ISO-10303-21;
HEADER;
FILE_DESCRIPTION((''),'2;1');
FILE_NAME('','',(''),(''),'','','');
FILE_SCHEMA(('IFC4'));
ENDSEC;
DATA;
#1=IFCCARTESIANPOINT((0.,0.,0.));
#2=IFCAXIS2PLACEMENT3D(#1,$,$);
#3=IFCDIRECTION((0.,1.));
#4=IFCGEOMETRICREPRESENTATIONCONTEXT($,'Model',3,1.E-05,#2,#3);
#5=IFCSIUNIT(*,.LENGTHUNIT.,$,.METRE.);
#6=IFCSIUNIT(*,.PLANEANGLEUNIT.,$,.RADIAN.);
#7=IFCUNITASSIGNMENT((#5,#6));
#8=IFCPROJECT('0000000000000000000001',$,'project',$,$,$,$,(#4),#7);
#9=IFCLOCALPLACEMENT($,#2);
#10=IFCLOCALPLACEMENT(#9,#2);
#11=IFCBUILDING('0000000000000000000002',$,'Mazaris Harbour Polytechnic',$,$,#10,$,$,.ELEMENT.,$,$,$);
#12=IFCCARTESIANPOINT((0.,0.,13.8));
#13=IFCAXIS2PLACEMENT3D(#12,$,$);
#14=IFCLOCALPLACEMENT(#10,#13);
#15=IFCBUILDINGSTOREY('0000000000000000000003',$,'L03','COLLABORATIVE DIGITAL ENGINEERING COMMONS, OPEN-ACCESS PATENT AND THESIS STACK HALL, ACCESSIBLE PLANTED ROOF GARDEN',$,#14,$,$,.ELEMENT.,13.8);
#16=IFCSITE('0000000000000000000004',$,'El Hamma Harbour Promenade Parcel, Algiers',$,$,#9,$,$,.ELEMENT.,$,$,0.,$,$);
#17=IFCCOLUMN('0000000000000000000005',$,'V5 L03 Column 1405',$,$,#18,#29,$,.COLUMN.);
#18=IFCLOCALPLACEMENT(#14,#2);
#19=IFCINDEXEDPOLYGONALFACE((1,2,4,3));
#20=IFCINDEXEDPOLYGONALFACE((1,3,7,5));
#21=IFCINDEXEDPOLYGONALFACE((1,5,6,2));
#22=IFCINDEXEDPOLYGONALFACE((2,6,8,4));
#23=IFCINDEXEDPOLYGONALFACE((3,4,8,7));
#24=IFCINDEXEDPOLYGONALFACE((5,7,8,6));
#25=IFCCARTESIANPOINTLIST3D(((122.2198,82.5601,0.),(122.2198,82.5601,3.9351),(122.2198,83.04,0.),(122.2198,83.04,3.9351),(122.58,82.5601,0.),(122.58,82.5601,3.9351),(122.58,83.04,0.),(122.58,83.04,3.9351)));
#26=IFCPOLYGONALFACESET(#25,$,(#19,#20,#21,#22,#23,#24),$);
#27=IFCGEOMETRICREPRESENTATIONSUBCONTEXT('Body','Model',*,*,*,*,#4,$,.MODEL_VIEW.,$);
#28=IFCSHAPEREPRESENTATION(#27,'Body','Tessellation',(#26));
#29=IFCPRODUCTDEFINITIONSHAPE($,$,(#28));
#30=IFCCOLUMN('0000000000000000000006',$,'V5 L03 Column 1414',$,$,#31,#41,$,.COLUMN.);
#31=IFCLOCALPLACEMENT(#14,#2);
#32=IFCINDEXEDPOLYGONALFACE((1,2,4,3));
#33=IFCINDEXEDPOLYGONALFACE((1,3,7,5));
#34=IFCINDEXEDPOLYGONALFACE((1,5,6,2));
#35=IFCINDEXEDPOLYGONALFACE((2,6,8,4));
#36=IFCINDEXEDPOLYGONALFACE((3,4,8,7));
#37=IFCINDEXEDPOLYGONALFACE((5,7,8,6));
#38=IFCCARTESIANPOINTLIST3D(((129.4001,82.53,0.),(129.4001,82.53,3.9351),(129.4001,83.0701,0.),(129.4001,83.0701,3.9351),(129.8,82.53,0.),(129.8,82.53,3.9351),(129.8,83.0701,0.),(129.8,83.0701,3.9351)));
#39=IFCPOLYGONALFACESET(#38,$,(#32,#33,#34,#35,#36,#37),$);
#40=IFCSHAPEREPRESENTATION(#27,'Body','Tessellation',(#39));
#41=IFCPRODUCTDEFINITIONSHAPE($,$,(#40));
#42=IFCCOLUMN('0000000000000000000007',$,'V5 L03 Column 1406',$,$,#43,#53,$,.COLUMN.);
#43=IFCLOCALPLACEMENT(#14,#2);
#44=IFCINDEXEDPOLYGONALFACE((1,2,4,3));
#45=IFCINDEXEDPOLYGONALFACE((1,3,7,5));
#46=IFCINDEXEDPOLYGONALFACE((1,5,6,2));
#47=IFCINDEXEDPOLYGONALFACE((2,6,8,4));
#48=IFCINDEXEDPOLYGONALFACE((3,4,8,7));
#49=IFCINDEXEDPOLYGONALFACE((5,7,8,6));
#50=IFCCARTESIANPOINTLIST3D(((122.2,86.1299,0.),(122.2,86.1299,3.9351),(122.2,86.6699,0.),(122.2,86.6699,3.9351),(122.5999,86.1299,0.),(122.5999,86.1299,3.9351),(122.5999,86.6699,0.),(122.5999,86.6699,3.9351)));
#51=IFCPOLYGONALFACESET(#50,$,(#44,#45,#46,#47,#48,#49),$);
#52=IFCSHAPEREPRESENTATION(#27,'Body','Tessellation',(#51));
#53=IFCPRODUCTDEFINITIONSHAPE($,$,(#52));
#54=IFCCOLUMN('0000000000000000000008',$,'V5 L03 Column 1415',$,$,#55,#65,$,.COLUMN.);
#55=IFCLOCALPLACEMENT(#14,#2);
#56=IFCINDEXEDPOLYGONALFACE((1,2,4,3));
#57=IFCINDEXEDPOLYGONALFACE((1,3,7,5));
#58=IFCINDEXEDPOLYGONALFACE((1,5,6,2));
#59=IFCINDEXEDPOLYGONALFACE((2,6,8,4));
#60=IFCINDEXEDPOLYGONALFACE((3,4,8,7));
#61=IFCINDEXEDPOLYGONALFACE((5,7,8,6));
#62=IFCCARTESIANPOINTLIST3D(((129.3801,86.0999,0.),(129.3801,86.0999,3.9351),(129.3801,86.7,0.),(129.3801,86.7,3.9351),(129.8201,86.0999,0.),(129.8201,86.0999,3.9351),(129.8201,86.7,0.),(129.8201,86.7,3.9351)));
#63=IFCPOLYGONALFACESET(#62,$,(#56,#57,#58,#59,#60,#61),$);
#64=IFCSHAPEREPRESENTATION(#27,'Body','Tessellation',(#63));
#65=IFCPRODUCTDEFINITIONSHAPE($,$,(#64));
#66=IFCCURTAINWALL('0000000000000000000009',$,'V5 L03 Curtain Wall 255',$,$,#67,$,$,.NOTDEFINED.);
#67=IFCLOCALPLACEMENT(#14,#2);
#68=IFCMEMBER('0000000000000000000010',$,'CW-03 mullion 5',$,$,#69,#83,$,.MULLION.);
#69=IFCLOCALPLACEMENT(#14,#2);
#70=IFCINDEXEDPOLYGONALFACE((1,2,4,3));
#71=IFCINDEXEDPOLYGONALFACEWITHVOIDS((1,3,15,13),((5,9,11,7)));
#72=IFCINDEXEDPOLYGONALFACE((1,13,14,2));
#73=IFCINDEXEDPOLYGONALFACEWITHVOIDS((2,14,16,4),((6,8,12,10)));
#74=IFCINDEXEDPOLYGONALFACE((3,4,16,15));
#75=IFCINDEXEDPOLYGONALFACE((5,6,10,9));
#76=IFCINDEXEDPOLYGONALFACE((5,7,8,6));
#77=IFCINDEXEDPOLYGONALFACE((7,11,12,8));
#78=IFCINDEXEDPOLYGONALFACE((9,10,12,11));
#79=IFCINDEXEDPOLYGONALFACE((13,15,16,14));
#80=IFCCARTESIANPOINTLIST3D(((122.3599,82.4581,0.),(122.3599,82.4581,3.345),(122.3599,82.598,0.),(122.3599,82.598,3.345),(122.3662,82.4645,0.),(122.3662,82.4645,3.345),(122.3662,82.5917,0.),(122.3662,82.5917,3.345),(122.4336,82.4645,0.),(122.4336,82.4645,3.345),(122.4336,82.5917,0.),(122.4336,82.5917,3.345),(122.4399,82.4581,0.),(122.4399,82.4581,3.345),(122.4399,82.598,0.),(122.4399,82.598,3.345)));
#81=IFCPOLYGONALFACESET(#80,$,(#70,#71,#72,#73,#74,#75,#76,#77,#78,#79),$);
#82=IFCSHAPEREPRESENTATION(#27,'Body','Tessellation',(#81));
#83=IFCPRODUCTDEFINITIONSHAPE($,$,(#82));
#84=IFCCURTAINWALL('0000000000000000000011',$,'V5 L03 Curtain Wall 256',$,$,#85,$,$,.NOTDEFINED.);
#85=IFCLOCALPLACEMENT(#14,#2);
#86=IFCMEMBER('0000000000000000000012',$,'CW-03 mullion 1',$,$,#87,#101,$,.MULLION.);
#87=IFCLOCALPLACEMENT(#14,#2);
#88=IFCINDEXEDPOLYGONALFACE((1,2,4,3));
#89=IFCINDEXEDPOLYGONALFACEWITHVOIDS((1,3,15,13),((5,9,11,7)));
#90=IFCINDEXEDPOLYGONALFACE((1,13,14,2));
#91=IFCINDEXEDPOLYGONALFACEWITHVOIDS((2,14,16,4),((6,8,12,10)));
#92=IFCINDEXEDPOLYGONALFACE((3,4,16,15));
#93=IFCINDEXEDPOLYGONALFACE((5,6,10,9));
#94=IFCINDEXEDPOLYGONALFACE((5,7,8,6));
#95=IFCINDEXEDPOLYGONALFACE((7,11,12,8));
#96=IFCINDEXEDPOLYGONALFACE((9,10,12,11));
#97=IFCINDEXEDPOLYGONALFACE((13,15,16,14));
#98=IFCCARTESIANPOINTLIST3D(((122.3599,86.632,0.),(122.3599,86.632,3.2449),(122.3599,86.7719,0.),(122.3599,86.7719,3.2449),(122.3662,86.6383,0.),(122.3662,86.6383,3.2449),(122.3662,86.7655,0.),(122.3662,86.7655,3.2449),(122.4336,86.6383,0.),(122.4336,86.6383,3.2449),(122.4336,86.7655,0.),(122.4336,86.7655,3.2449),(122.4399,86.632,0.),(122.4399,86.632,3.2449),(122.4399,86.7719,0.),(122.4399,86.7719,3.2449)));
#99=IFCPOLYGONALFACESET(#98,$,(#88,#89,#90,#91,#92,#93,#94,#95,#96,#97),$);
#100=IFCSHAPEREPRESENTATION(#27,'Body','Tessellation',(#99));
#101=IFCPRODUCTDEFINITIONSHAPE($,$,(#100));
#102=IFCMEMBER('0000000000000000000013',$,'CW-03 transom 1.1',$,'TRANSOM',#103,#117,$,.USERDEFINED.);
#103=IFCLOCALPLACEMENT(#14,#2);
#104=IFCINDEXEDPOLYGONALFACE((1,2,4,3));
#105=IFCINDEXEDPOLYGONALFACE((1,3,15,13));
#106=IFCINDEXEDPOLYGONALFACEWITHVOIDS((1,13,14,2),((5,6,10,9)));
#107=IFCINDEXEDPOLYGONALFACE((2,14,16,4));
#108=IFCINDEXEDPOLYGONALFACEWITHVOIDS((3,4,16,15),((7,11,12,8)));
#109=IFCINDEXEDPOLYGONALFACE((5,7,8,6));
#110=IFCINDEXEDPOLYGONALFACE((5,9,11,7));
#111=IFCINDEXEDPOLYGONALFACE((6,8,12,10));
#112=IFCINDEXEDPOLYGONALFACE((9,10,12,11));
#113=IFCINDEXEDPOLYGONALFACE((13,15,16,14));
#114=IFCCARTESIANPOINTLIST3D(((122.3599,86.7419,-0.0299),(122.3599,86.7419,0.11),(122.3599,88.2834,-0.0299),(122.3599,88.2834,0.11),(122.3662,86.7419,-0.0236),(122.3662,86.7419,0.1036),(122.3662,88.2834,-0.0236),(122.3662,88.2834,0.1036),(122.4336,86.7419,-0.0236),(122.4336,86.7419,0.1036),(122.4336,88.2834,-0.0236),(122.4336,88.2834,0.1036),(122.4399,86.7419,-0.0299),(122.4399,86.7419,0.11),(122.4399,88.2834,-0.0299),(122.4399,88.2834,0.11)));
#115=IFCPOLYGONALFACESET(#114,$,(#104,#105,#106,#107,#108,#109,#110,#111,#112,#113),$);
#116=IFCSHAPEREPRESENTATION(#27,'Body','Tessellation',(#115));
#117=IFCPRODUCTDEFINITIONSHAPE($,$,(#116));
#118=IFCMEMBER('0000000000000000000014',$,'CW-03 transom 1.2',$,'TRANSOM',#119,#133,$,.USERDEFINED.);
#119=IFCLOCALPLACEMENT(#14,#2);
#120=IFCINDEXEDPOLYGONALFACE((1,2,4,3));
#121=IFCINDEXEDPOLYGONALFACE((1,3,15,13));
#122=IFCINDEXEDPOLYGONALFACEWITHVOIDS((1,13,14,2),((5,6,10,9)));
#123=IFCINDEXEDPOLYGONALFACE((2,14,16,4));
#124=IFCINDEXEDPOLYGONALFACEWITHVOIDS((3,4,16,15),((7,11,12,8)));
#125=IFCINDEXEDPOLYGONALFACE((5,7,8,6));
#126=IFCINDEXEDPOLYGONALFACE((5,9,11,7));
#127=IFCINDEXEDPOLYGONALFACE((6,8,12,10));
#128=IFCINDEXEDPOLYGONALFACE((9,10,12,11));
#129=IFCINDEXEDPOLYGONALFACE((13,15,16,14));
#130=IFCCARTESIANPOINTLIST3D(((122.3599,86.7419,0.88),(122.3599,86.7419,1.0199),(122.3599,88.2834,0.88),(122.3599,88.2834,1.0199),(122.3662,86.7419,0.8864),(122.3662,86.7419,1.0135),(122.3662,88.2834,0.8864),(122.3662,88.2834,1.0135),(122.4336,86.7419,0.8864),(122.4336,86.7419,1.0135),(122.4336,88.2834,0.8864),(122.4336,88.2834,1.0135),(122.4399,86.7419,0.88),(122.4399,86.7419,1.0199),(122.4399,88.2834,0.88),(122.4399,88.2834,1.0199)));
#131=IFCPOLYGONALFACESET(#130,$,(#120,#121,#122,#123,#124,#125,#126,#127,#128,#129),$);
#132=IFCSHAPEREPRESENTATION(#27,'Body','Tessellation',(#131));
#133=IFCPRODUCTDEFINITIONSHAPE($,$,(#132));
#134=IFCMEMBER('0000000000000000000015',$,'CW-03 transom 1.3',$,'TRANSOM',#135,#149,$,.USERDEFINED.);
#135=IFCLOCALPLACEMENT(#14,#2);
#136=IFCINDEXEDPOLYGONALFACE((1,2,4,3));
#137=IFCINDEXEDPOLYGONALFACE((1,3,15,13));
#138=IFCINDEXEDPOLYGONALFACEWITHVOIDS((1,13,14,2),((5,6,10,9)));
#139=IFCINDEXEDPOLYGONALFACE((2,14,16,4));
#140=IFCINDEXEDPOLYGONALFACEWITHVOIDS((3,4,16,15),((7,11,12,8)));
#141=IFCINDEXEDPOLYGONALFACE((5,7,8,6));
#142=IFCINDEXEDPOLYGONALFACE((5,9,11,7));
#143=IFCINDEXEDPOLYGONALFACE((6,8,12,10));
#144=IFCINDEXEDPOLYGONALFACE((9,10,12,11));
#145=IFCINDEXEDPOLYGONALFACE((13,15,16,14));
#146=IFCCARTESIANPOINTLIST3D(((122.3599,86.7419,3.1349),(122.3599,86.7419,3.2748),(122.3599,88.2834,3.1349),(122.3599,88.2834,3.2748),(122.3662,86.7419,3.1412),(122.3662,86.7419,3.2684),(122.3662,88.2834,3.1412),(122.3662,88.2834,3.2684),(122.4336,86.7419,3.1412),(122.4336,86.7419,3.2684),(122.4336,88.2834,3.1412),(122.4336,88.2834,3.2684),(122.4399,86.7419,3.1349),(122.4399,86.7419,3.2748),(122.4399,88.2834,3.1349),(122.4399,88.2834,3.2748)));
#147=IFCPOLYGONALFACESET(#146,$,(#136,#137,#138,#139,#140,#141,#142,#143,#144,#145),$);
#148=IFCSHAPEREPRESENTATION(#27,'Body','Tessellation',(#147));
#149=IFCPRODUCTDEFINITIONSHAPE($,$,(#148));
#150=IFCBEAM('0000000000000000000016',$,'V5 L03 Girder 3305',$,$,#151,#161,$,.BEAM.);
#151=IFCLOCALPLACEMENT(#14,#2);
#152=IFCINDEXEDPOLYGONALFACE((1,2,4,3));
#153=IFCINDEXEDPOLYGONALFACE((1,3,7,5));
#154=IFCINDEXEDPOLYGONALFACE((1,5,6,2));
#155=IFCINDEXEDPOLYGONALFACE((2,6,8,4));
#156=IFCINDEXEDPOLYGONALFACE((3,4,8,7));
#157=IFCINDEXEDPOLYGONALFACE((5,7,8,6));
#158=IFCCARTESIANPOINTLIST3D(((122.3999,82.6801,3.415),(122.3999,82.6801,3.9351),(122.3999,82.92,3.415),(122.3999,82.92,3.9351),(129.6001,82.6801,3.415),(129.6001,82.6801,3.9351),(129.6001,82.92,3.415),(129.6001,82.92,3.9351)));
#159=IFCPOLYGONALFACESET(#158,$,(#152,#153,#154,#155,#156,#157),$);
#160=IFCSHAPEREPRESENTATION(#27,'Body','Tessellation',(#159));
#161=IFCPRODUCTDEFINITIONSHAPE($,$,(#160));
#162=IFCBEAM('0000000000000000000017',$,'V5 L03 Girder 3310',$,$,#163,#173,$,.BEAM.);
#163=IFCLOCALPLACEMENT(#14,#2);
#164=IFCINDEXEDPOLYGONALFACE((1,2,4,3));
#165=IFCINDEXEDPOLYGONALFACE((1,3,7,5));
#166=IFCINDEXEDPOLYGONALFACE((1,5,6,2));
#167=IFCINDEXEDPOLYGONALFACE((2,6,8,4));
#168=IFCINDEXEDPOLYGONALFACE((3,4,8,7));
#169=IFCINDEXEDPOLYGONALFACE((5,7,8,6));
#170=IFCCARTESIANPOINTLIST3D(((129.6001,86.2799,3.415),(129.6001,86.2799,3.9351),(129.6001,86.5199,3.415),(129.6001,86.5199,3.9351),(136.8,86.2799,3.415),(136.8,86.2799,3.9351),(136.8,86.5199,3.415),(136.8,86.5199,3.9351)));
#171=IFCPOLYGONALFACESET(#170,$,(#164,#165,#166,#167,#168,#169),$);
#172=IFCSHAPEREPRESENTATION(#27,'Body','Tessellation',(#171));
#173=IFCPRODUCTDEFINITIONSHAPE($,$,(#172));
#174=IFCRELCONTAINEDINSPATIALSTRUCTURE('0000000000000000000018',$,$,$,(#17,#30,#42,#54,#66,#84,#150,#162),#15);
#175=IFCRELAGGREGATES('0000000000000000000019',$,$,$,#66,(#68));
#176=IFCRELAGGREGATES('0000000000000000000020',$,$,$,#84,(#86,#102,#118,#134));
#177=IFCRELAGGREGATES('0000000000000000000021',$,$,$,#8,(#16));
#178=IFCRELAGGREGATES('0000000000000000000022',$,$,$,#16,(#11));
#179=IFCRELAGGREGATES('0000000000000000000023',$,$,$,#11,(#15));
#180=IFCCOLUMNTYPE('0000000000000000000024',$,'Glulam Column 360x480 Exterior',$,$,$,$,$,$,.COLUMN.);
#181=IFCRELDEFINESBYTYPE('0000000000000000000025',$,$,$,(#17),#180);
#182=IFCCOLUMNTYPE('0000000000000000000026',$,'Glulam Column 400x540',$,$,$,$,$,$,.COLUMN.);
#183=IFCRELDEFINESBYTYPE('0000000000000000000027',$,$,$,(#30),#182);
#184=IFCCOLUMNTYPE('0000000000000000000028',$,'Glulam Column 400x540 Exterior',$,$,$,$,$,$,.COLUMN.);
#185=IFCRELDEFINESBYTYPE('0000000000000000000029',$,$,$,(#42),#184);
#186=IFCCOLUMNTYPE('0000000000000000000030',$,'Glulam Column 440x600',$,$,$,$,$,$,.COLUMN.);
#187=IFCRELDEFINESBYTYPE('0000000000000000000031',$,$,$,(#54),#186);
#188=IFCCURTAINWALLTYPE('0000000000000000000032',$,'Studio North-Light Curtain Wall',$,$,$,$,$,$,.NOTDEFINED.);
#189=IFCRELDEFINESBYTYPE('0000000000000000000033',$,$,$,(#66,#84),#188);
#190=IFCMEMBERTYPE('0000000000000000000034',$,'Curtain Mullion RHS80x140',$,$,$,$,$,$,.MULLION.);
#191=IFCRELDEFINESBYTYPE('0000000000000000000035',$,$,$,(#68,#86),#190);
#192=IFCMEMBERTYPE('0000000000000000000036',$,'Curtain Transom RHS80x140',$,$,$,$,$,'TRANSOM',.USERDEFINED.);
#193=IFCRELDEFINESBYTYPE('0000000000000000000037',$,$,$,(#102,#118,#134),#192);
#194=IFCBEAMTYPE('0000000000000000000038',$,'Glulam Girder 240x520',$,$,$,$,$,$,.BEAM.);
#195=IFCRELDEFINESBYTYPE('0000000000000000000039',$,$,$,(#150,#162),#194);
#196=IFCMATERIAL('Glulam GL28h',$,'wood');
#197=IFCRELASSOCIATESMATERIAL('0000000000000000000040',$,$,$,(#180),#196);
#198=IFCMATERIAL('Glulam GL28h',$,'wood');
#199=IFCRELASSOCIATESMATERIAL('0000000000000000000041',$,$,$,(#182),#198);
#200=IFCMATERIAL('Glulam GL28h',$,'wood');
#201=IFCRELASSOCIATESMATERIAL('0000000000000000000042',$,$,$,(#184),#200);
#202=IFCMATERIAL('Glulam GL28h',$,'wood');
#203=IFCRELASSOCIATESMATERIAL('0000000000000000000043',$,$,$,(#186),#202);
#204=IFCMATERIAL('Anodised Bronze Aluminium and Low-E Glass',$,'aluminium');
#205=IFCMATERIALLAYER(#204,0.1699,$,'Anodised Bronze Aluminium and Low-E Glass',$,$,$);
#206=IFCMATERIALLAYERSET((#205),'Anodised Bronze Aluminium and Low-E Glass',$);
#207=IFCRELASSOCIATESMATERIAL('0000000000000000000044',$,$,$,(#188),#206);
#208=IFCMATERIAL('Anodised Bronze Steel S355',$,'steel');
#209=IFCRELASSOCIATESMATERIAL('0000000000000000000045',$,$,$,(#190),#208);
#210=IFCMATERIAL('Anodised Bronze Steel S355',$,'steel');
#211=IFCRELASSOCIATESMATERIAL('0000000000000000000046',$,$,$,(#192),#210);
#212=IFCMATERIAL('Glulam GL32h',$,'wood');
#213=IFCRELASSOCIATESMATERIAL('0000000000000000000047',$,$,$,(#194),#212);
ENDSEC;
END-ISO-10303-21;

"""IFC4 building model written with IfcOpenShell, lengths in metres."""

from ifc_helpers import new_model, si_unit, direction, frame, origin, origin_2d, place, context, subcontext, project, spatial, rectangle, hollow_rectangle, extrude, material, layer, layer_set, material_profile, profile_set, type_object, element, aggregate, save


model = new_model("IFC4")

# Units and contexts
model_context = context("Model", 3, precision=1e-05, world=origin(), true_north=direction((0.0, 1.0)))
body_context = subcontext(model_context, "Body", "Model", "MODEL_VIEW")
ifc_project = project(units=[si_unit("LENGTHUNIT", "METRE"), si_unit("PLANEANGLEUNIT", "RADIAN")], contexts=[model_context])

# Site, building, storey
site_placement = place(None, origin())
site = spatial("IfcSite", under=ifc_project, at=site_placement, Name="El Hamma Harbour Promenade Parcel, Algiers", CompositionType="ELEMENT", RefElevation=0.0)
building_placement = place(site_placement, origin())
building = spatial("IfcBuilding", under=site, at=building_placement, Name="Mazaris Harbour Polytechnic", CompositionType="ELEMENT")
storey_placement = place(building_placement, frame((0.0, 0.0, 13.8)))
storey = spatial("IfcBuildingStorey", under=building, at=storey_placement, Name="L03", Description="COLLABORATIVE DIGITAL ENGINEERING COMMONS, OPEN-ACCESS PATENT AND THESIS STACK HALL, ACCESSIBLE PLANTED ROOF GARDEN", CompositionType="ELEMENT", Elevation=13.8)

# Columns
ifc_material_1 = material(Name="Glulam GL28h", Category="wood")
ifc_material_profile_1 = material_profile(ifc_material_1, rectangle(XDim=0.3601, YDim=0.48, at=origin_2d()), Name="RECT360x480")
ifc_profile_set_1 = profile_set([ifc_material_profile_1], Name="Glulam GL28h")
column_type_1 = type_object("IfcColumnType", Name="Glulam Column 360x480 Exterior", PredefinedType="COLUMN", material=ifc_profile_set_1)
column_1_placement = place(storey_placement, frame((122.3999, 82.8, 0.0), z_axis=(0.0, 0.0, 1.0), x_axis=(1.0, 0.0, 0.0)))
element("IfcColumn", 1, at=column_1_placement, inside=storey, type_object=column_type_1, Name="V5 L03 Column 1405", PredefinedType="COLUMN", context=body_context, shape_type="SweptSolid", body=[
    extrude(rectangle(XDim=0.3601, YDim=0.48, at=origin_2d()), origin(), (0.0, 0.0, 1.0), 3.9351),
])
ifc_material_2 = material(Name="Glulam GL28h", Category="wood")
ifc_material_profile_2 = material_profile(ifc_material_2, rectangle(XDim=0.3999, YDim=0.54, at=origin_2d()), Name="RECT400x540")
ifc_profile_set_2 = profile_set([ifc_material_profile_2], Name="Glulam GL28h")
column_type_2 = type_object("IfcColumnType", Name="Glulam Column 400x540", PredefinedType="COLUMN", material=ifc_profile_set_2)
column_2_placement = place(storey_placement, frame((129.6001, 82.8, 0.0), z_axis=(0.0, 0.0, 1.0), x_axis=(1.0, 0.0, 0.0)))
element("IfcColumn", 2, at=column_2_placement, inside=storey, type_object=column_type_2, Name="V5 L03 Column 1414", PredefinedType="COLUMN", context=body_context, shape_type="SweptSolid", body=[
    extrude(rectangle(XDim=0.3999, YDim=0.54, at=origin_2d()), origin(), (0.0, 0.0, 1.0), 3.9351),
])
ifc_material_3 = material(Name="Glulam GL28h", Category="wood")
ifc_material_profile_3 = material_profile(ifc_material_3, rectangle(XDim=0.3999, YDim=0.54, at=origin_2d()), Name="RECT400x540")
ifc_profile_set_3 = profile_set([ifc_material_profile_3], Name="Glulam GL28h")
column_type_3 = type_object("IfcColumnType", Name="Glulam Column 400x540 Exterior", PredefinedType="COLUMN", material=ifc_profile_set_3)
column_3_placement = place(storey_placement, frame((122.3999, 86.3999, 0.0), z_axis=(0.0, 0.0, 1.0), x_axis=(1.0, 0.0, 0.0)))
element("IfcColumn", 3, at=column_3_placement, inside=storey, type_object=column_type_3, Name="V5 L03 Column 1406", PredefinedType="COLUMN", context=body_context, shape_type="SweptSolid", body=[
    extrude(rectangle(XDim=0.3999, YDim=0.54, at=origin_2d()), origin(), (0.0, 0.0, 1.0), 3.9351),
])
ifc_material_4 = material(Name="Glulam GL28h", Category="wood")
ifc_material_profile_4 = material_profile(ifc_material_4, rectangle(XDim=0.4399, YDim=0.6001, at=origin_2d()), Name="RECT440x600")
ifc_profile_set_4 = profile_set([ifc_material_profile_4], Name="Glulam GL28h")
column_type_4 = type_object("IfcColumnType", Name="Glulam Column 440x600", PredefinedType="COLUMN", material=ifc_profile_set_4)
column_4_placement = place(storey_placement, frame((129.6001, 86.3999, 0.0), z_axis=(0.0, 0.0, 1.0), x_axis=(1.0, 0.0, 0.0)))
element("IfcColumn", 4, at=column_4_placement, inside=storey, type_object=column_type_4, Name="V5 L03 Column 1415", PredefinedType="COLUMN", context=body_context, shape_type="SweptSolid", body=[
    extrude(rectangle(XDim=0.4399, YDim=0.6001, at=origin_2d()), origin(), (0.0, 0.0, 1.0), 3.9351),
])

# Curtain wall, member
ifc_material_5 = material(Name="Anodised Bronze Aluminium and Low-E Glass", Category="aluminium")
ifc_layer_1 = layer(ifc_material_5, 0.1699, Name="Anodised Bronze Aluminium and Low-E Glass")
ifc_layer_set_1 = layer_set([ifc_layer_1], Name="Anodised Bronze Aluminium and Low-E Glass")
curtain_wall_type = type_object("IfcCurtainWallType", Name="Studio North-Light Curtain Wall", PredefinedType="NOTDEFINED", material=ifc_layer_set_1)
curtain_wall_1_placement = place(storey_placement, origin())
curtain_wall_1 = element("IfcCurtainWall", 5, at=curtain_wall_1_placement, inside=storey, type_object=curtain_wall_type, Name="V5 L03 Curtain Wall 255", PredefinedType="NOTDEFINED")
ifc_material_6 = material(Name="Anodised Bronze Steel S355", Category="steel")
ifc_material_profile_5 = material_profile(ifc_material_6, hollow_rectangle(XDim=0.0801, YDim=0.1399, WallThickness=0.0063, at=origin_2d()), Name="RHS 80x140x6.3")
ifc_profile_set_5 = profile_set([ifc_material_profile_5], Name="Anodised Bronze Steel S355")
member_type_1 = type_object("IfcMemberType", Name="Curtain Mullion RHS80x140", PredefinedType="MULLION", material=ifc_profile_set_5)
member_1_placement = place(storey_placement, frame((122.3999, 82.5281, 0.0), z_axis=(0.0, 0.0, 1.0), x_axis=(-1.0, 0.0, 0.0)))
member_1 = element("IfcMember", 6, at=member_1_placement, type_object=member_type_1, Name="CW-03 mullion 5", PredefinedType="MULLION", context=body_context, shape_type="SweptSolid", body=[
    extrude(hollow_rectangle(XDim=0.0801, YDim=0.1399, WallThickness=0.0063, at=origin_2d()), origin(), (0.0, 0.0, 1.0), 3.345),
])

# Curtain wall, members
curtain_wall_2_placement = place(storey_placement, origin())
curtain_wall_2 = element("IfcCurtainWall", 7, at=curtain_wall_2_placement, inside=storey, type_object=curtain_wall_type, Name="V5 L03 Curtain Wall 256", PredefinedType="NOTDEFINED")
member_2_placement = place(storey_placement, frame((122.3999, 86.7019, 0.0), z_axis=(0.0, 0.0, 1.0), x_axis=(-1.0, 0.0, 0.0)))
member_2 = element("IfcMember", 8, at=member_2_placement, type_object=member_type_1, Name="CW-03 mullion 1", PredefinedType="MULLION", context=body_context, shape_type="SweptSolid", body=[
    extrude(hollow_rectangle(XDim=0.0801, YDim=0.1399, WallThickness=0.0063, at=origin_2d()), origin(), (0.0, 0.0, 1.0), 3.2449),
])
ifc_material_7 = material(Name="Anodised Bronze Steel S355", Category="steel")
ifc_material_profile_6 = material_profile(ifc_material_7, hollow_rectangle(XDim=0.0801, YDim=0.1399, WallThickness=0.0063, at=origin_2d()), Name="RHS 80x140x6.3")
ifc_profile_set_6 = profile_set([ifc_material_profile_6], Name="Anodised Bronze Steel S355")
member_type_2 = type_object("IfcMemberType", Name="Curtain Transom RHS80x140", ElementType="TRANSOM", PredefinedType="USERDEFINED", material=ifc_profile_set_6)
member_3_placement = place(storey_placement, frame((122.3999, 86.7419, 0.04), z_axis=(0.0, 1.0, 0.0), x_axis=(-1.0, 0.0, 0.0)))
member_3 = element("IfcMember", 9, at=member_3_placement, type_object=member_type_2, Name="CW-03 transom 1.1", ObjectType="TRANSOM", PredefinedType="USERDEFINED", context=body_context, shape_type="SweptSolid", body=[
    extrude(hollow_rectangle(XDim=0.0801, YDim=0.1399, WallThickness=0.0063, at=origin_2d()), origin(), (0.0, 0.0, 1.0), 1.5415),
])
member_4_placement = place(storey_placement, frame((122.3999, 86.7419, 0.95), z_axis=(0.0, 1.0, 0.0), x_axis=(-1.0, 0.0, 0.0)))
member_4 = element("IfcMember", 10, at=member_4_placement, type_object=member_type_2, Name="CW-03 transom 1.2", ObjectType="TRANSOM", PredefinedType="USERDEFINED", context=body_context, shape_type="SweptSolid", body=[
    extrude(hollow_rectangle(XDim=0.0801, YDim=0.1399, WallThickness=0.0063, at=origin_2d()), origin(), (0.0, 0.0, 1.0), 1.5415),
])
member_5_placement = place(storey_placement, frame((122.3999, 86.7419, 3.2048), z_axis=(0.0, 1.0, 0.0), x_axis=(-1.0, 0.0, 0.0)))
member_5 = element("IfcMember", 11, at=member_5_placement, type_object=member_type_2, Name="CW-03 transom 1.3", ObjectType="TRANSOM", PredefinedType="USERDEFINED", context=body_context, shape_type="SweptSolid", body=[
    extrude(hollow_rectangle(XDim=0.0801, YDim=0.1399, WallThickness=0.0063, at=origin_2d()), origin(), (0.0, 0.0, 1.0), 1.5415),
])

# Beams
ifc_material_8 = material(Name="Glulam GL32h", Category="wood")
ifc_material_profile_7 = material_profile(ifc_material_8, rectangle(XDim=0.24, YDim=0.52, at=origin_2d()), Name="RECT240x520")
ifc_profile_set_7 = profile_set([ifc_material_profile_7], Name="Glulam GL32h")
beam_type_1 = type_object("IfcBeamType", Name="Glulam Girder 240x520", PredefinedType="BEAM", material=ifc_profile_set_7)
beam_1_placement = place(storey_placement, frame((122.3999, 82.8, 3.675), z_axis=(1.0, 0.0, 0.0), x_axis=(0.0, 1.0, 0.0)))
element("IfcBeam", 12, at=beam_1_placement, inside=storey, type_object=beam_type_1, Name="V5 L03 Girder 3305", PredefinedType="BEAM", context=body_context, shape_type="SweptSolid", body=[
    extrude(rectangle(XDim=0.24, YDim=0.52, at=origin_2d()), origin(), (0.0, 0.0, 1.0), 7.2002),
])
beam_2_placement = place(storey_placement, frame((129.6001, 86.3999, 3.675), z_axis=(1.0, 0.0, 0.0), x_axis=(0.0, 1.0, 0.0)))
element("IfcBeam", 13, at=beam_2_placement, inside=storey, type_object=beam_type_1, Name="V5 L03 Girder 3310", PredefinedType="BEAM", context=body_context, shape_type="SweptSolid", body=[
    extrude(rectangle(XDim=0.24, YDim=0.52, at=origin_2d()), origin(), (0.0, 0.0, 1.0), 7.2),
])

aggregate(curtain_wall_1, [member_1])
aggregate(curtain_wall_2, [member_2, member_3, member_4, member_5])

save(model, "model.ifc")
